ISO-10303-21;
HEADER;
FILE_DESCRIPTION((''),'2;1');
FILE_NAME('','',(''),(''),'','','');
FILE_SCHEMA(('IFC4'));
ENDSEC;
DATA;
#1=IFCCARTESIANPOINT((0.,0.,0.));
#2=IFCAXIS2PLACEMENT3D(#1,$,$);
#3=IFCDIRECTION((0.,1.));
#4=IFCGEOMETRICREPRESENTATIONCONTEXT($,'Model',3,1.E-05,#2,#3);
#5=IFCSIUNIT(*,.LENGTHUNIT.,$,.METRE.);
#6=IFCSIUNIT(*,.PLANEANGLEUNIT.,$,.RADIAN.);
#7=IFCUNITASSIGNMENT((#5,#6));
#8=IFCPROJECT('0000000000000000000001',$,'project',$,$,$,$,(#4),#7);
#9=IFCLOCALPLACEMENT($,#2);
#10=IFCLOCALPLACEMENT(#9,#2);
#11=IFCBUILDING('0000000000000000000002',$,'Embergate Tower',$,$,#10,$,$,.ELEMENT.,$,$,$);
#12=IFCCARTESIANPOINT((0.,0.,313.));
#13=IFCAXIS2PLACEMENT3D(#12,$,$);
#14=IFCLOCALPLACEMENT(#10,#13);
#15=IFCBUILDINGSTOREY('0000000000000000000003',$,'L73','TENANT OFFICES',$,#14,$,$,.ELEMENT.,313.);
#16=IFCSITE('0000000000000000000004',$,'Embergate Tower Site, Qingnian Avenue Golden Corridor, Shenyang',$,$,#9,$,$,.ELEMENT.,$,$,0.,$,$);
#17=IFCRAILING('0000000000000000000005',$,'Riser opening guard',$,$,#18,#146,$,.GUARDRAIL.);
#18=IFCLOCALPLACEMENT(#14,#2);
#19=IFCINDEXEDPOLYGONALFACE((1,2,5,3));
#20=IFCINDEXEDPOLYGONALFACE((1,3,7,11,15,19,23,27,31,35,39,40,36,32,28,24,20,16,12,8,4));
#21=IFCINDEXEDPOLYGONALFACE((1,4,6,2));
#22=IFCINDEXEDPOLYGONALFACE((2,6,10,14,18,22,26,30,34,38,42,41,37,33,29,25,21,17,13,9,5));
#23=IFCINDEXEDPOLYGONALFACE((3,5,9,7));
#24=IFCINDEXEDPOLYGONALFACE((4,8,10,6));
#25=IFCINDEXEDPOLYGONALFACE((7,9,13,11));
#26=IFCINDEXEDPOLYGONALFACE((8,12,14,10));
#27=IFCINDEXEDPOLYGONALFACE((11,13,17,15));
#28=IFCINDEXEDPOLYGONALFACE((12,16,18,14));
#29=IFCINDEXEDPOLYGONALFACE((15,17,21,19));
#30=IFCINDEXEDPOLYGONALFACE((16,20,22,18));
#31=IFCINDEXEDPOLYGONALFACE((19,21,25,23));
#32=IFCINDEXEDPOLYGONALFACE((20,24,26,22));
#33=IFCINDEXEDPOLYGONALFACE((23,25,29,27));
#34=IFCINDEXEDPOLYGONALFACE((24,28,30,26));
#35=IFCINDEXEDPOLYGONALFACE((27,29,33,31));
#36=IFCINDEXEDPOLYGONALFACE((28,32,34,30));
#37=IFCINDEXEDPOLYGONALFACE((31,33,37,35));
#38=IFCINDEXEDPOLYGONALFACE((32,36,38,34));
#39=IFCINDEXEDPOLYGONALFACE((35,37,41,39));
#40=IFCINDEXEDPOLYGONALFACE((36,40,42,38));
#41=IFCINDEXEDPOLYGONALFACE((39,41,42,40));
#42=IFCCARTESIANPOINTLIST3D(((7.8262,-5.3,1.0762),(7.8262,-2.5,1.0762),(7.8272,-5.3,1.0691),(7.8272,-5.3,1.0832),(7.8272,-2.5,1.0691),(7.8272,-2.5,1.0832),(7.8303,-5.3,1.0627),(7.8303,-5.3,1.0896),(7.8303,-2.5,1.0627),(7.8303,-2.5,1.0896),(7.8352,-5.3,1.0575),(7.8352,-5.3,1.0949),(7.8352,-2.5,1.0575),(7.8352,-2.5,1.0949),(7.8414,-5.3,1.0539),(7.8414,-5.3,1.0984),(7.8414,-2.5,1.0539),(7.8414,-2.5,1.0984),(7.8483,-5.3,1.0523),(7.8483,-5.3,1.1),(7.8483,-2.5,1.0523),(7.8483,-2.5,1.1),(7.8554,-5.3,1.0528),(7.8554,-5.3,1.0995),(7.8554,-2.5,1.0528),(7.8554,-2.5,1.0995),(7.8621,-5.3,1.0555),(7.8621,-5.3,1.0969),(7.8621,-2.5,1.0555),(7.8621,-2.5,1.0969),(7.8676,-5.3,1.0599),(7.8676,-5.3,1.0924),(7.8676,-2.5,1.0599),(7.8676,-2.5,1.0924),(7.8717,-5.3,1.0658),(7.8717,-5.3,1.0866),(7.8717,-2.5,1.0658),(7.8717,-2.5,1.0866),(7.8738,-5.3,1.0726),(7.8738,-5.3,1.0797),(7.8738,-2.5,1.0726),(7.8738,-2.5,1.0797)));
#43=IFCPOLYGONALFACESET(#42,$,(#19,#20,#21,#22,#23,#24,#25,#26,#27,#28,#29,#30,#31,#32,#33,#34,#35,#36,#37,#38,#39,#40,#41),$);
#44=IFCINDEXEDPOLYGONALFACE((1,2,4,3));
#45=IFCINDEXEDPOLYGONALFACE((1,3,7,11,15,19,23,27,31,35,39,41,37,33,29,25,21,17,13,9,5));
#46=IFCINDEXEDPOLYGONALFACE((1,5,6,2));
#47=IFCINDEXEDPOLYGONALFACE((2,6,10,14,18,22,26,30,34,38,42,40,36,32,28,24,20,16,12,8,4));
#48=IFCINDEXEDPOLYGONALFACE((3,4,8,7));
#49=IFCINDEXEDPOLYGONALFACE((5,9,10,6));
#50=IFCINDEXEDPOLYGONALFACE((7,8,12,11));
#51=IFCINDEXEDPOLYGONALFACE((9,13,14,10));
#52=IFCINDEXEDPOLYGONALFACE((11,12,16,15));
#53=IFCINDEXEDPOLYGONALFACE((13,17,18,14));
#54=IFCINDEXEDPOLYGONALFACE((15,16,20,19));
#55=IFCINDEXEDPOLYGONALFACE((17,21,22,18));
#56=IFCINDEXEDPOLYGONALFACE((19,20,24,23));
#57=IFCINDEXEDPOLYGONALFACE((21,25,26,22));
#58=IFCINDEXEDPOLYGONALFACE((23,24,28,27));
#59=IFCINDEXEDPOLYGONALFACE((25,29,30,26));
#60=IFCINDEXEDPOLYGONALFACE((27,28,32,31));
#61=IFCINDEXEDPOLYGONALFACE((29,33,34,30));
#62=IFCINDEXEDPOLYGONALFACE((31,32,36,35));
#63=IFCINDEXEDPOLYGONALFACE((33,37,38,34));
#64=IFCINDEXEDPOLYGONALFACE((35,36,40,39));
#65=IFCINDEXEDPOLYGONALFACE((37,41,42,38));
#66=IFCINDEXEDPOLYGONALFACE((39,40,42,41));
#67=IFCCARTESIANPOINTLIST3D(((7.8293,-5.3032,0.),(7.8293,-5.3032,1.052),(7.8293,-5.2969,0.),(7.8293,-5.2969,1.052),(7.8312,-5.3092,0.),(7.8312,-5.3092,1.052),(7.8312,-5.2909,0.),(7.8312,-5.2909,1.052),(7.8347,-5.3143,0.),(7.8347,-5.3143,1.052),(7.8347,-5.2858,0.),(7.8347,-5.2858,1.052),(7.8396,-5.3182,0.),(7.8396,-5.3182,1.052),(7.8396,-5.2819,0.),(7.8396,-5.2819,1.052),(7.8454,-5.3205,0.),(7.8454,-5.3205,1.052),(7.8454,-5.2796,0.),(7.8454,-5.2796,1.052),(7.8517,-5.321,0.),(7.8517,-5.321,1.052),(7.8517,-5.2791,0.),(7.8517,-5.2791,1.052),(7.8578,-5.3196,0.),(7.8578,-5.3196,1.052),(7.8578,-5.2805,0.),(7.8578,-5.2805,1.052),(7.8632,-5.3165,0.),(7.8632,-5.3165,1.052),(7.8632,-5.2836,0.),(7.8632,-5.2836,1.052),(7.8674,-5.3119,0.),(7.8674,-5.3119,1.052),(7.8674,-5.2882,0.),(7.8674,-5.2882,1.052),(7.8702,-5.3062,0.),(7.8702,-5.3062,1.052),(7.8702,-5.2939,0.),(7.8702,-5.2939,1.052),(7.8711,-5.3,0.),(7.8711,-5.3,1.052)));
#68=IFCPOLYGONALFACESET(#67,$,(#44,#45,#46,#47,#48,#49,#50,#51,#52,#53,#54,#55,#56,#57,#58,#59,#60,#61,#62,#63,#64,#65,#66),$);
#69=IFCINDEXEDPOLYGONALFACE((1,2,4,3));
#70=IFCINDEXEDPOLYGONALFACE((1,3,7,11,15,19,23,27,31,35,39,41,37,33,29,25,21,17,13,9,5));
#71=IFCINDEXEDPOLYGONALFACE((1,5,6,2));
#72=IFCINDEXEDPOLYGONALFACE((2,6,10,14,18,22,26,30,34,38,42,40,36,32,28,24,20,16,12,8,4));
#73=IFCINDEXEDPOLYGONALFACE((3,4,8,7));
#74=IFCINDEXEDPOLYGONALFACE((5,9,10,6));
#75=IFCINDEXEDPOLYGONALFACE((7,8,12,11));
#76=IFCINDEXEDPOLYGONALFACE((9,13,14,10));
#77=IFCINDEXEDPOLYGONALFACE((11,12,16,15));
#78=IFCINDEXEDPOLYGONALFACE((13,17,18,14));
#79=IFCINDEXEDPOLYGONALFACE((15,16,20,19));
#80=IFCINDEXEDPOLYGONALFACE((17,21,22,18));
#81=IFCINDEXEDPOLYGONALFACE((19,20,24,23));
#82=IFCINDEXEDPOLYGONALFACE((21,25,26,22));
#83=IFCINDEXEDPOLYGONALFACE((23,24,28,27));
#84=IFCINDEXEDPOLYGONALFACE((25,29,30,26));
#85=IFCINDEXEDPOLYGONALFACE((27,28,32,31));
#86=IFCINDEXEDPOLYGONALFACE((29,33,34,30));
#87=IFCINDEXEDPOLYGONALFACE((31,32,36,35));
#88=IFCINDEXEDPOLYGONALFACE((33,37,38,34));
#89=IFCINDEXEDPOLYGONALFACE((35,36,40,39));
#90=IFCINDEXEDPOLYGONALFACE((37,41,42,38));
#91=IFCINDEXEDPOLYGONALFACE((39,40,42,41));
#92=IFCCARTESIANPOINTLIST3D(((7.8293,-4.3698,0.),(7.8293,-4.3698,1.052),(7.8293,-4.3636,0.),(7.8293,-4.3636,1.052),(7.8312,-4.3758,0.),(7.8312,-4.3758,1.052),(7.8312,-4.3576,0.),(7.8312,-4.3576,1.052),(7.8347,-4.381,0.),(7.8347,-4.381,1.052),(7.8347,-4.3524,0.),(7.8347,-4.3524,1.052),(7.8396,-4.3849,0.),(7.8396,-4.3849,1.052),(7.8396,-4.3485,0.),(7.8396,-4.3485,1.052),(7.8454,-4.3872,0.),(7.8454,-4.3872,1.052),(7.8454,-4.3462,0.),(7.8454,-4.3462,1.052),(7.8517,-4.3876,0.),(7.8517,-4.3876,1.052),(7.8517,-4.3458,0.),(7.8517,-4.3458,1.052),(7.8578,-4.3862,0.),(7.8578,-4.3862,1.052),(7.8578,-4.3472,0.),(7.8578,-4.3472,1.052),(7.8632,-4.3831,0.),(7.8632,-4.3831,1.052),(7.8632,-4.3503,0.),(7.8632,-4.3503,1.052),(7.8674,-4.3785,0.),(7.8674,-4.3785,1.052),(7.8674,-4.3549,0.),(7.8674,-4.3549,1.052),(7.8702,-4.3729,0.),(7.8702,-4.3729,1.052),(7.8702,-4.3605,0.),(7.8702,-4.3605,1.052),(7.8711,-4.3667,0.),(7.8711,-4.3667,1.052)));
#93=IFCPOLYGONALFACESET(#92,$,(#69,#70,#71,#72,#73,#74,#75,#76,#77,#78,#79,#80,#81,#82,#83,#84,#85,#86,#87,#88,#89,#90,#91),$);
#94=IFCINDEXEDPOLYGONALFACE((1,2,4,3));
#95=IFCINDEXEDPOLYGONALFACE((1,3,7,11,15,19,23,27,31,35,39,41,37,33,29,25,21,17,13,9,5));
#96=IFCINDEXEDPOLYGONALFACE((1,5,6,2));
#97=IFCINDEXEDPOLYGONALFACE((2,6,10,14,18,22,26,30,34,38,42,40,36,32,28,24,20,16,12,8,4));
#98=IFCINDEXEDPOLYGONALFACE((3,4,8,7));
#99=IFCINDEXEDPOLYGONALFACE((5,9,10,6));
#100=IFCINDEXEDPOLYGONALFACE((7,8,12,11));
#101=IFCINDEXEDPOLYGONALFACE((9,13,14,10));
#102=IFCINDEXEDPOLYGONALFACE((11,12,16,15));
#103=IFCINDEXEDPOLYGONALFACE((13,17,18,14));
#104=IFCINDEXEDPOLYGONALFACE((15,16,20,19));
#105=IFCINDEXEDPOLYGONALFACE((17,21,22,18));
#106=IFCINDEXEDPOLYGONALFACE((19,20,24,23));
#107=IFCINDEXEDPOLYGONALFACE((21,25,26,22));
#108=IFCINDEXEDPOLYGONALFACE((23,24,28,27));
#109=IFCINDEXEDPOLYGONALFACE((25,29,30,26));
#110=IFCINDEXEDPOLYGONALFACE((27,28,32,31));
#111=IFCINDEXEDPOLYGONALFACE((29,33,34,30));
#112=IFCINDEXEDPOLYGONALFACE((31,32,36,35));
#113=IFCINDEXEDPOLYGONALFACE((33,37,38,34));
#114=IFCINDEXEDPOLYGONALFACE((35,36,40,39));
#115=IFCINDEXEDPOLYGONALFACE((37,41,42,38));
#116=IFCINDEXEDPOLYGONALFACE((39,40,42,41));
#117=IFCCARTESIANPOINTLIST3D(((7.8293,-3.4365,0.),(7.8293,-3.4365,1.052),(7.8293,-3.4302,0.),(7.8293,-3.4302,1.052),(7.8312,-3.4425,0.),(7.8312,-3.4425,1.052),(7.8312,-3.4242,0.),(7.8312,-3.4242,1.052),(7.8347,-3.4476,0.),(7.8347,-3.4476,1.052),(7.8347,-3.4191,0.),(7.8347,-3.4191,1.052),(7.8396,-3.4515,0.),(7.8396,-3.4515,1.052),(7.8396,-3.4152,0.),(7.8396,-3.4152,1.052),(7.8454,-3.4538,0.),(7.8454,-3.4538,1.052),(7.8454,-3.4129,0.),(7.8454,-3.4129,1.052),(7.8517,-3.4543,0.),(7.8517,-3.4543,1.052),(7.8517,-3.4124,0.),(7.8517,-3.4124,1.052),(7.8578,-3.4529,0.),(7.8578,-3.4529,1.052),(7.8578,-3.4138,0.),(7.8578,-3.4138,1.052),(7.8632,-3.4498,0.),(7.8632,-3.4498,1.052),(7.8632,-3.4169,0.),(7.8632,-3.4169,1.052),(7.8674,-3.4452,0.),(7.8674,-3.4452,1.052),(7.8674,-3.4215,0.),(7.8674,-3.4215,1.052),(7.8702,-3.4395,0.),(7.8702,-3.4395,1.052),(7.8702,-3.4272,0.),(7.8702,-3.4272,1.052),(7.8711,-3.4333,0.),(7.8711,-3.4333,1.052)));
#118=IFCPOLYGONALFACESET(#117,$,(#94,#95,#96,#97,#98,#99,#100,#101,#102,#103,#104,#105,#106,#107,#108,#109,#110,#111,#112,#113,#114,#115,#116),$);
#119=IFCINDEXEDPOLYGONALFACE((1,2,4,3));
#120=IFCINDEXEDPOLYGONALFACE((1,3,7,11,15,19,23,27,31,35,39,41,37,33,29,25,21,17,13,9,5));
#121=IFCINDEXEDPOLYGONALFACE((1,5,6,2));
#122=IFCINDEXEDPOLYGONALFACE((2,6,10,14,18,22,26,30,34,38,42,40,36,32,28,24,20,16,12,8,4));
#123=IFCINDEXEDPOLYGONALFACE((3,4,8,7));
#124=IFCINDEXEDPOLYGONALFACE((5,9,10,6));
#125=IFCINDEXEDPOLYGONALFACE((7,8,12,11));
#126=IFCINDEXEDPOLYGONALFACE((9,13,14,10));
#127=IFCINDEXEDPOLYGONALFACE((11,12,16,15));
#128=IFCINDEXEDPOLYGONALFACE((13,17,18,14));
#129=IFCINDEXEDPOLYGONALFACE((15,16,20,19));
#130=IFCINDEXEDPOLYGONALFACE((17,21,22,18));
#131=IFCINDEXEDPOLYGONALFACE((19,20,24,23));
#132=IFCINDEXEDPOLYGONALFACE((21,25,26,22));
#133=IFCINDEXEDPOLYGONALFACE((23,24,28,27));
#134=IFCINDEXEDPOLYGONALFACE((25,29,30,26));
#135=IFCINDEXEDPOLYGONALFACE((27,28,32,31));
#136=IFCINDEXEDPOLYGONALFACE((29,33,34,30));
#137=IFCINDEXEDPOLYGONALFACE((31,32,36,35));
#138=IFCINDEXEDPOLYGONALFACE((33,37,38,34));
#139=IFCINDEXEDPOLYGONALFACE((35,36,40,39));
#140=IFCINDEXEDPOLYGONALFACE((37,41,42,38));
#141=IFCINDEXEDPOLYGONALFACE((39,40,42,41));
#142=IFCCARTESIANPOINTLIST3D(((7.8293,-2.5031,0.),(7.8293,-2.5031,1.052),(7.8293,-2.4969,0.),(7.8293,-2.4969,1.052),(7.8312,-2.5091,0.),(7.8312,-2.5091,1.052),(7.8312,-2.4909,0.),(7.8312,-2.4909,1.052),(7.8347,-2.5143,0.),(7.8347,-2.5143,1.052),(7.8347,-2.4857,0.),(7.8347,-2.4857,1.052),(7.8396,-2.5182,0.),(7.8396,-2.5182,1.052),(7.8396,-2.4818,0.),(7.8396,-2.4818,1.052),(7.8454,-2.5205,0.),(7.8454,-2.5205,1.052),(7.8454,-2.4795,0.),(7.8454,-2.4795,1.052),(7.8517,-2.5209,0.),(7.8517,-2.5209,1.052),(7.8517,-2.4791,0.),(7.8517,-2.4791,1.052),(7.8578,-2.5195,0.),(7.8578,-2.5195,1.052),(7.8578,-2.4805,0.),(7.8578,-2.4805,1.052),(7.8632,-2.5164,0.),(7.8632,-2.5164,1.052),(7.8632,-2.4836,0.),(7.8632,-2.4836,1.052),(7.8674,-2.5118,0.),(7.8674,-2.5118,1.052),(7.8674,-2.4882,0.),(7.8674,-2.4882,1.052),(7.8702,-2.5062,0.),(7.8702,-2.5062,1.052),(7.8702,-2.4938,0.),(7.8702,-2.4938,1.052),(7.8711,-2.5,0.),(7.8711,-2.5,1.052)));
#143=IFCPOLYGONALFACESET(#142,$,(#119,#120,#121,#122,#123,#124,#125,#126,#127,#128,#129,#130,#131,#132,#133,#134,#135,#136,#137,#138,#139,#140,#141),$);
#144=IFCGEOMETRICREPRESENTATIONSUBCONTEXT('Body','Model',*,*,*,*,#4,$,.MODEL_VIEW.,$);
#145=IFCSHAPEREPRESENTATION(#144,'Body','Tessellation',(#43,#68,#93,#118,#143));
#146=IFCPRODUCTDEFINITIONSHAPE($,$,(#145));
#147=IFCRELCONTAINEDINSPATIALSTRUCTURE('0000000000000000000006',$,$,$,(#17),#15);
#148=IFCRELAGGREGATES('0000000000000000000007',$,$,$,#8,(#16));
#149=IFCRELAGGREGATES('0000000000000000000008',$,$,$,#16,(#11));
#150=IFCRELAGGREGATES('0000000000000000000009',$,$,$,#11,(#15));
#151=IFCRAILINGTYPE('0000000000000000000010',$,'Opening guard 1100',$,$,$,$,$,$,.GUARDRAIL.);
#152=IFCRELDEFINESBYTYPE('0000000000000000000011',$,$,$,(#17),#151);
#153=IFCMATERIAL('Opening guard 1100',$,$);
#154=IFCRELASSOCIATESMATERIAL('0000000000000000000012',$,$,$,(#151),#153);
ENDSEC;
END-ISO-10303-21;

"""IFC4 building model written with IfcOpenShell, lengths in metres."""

from ifc_helpers import new_model, si_unit, direction, frame, origin, origin_2d, place, context, subcontext, project, spatial, circle, extrude, source, transform, mapped, material, type_object, element, save


model = new_model("IFC4")

# Units and contexts
model_context = context("Model", 3, precision=1e-05, world=origin(), true_north=direction((0.0, 1.0)))
body_context = subcontext(model_context, "Body", "Model", "MODEL_VIEW")
ifc_project = project(units=[si_unit("LENGTHUNIT", "METRE"), si_unit("PLANEANGLEUNIT", "RADIAN")], contexts=[model_context])

# Site, building, storey
site_placement = place(None, origin())
site = spatial("IfcSite", under=ifc_project, at=site_placement, Name="Embergate Tower Site, Qingnian Avenue Golden Corridor, Shenyang", CompositionType="ELEMENT", RefElevation=0.0)
building_placement = place(site_placement, origin())
building = spatial("IfcBuilding", under=site, at=building_placement, Name="Embergate Tower", CompositionType="ELEMENT")
storey_placement = place(building_placement, frame((0.0, 0.0, 313.0)))
storey = spatial("IfcBuildingStorey", under=building, at=storey_placement, Name="L73", Description="TENANT OFFICES", CompositionType="ELEMENT", Elevation=313.0)

# Railing
ifc_material_1 = material(Name="Opening guard 1100")
railing_type_1 = type_object("IfcRailingType", Name="Opening guard 1100", PredefinedType="GUARDRAIL", material=ifc_material_1)
shared_shape_1 = source(origin(), body_context, "Body", "SweptSolid", [
    extrude(circle(Radius=0.0239, at=origin_2d()), frame((0.0, 0.0, 1.0762), z_axis=(0.0, 1.0, 0.0), x_axis=(-1.0, 0.0, 0.0)), (0.0, 0.0, 1.0), 2.8),
    extrude(circle(Radius=0.021, at=origin_2d()), origin(), (0.0, 0.0, 1.0), 1.052),
    extrude(circle(Radius=0.021, at=origin_2d()), frame((0.0, 0.9333, 0.0)), (0.0, 0.0, 1.0), 1.052),
    extrude(circle(Radius=0.021, at=origin_2d()), frame((0.0, 1.8667, 0.0)), (0.0, 0.0, 1.0), 1.052),
    extrude(circle(Radius=0.021, at=origin_2d()), frame((0.0, 2.8, 0.0)), (0.0, 0.0, 1.0), 1.052),
])
railing_1_placement = place(storey_placement, frame((7.8501, -5.3, 0.0)))
element("IfcRailing", 1, at=railing_1_placement, inside=storey, type_object=railing_type_1, Name="Riser opening guard", PredefinedType="GUARDRAIL", context=body_context, shape_type="MappedRepresentation", body=[
    mapped(shared_shape_1, transform((0.0, 0.0, 0.0))),
])

save(model, "model.ifc")
